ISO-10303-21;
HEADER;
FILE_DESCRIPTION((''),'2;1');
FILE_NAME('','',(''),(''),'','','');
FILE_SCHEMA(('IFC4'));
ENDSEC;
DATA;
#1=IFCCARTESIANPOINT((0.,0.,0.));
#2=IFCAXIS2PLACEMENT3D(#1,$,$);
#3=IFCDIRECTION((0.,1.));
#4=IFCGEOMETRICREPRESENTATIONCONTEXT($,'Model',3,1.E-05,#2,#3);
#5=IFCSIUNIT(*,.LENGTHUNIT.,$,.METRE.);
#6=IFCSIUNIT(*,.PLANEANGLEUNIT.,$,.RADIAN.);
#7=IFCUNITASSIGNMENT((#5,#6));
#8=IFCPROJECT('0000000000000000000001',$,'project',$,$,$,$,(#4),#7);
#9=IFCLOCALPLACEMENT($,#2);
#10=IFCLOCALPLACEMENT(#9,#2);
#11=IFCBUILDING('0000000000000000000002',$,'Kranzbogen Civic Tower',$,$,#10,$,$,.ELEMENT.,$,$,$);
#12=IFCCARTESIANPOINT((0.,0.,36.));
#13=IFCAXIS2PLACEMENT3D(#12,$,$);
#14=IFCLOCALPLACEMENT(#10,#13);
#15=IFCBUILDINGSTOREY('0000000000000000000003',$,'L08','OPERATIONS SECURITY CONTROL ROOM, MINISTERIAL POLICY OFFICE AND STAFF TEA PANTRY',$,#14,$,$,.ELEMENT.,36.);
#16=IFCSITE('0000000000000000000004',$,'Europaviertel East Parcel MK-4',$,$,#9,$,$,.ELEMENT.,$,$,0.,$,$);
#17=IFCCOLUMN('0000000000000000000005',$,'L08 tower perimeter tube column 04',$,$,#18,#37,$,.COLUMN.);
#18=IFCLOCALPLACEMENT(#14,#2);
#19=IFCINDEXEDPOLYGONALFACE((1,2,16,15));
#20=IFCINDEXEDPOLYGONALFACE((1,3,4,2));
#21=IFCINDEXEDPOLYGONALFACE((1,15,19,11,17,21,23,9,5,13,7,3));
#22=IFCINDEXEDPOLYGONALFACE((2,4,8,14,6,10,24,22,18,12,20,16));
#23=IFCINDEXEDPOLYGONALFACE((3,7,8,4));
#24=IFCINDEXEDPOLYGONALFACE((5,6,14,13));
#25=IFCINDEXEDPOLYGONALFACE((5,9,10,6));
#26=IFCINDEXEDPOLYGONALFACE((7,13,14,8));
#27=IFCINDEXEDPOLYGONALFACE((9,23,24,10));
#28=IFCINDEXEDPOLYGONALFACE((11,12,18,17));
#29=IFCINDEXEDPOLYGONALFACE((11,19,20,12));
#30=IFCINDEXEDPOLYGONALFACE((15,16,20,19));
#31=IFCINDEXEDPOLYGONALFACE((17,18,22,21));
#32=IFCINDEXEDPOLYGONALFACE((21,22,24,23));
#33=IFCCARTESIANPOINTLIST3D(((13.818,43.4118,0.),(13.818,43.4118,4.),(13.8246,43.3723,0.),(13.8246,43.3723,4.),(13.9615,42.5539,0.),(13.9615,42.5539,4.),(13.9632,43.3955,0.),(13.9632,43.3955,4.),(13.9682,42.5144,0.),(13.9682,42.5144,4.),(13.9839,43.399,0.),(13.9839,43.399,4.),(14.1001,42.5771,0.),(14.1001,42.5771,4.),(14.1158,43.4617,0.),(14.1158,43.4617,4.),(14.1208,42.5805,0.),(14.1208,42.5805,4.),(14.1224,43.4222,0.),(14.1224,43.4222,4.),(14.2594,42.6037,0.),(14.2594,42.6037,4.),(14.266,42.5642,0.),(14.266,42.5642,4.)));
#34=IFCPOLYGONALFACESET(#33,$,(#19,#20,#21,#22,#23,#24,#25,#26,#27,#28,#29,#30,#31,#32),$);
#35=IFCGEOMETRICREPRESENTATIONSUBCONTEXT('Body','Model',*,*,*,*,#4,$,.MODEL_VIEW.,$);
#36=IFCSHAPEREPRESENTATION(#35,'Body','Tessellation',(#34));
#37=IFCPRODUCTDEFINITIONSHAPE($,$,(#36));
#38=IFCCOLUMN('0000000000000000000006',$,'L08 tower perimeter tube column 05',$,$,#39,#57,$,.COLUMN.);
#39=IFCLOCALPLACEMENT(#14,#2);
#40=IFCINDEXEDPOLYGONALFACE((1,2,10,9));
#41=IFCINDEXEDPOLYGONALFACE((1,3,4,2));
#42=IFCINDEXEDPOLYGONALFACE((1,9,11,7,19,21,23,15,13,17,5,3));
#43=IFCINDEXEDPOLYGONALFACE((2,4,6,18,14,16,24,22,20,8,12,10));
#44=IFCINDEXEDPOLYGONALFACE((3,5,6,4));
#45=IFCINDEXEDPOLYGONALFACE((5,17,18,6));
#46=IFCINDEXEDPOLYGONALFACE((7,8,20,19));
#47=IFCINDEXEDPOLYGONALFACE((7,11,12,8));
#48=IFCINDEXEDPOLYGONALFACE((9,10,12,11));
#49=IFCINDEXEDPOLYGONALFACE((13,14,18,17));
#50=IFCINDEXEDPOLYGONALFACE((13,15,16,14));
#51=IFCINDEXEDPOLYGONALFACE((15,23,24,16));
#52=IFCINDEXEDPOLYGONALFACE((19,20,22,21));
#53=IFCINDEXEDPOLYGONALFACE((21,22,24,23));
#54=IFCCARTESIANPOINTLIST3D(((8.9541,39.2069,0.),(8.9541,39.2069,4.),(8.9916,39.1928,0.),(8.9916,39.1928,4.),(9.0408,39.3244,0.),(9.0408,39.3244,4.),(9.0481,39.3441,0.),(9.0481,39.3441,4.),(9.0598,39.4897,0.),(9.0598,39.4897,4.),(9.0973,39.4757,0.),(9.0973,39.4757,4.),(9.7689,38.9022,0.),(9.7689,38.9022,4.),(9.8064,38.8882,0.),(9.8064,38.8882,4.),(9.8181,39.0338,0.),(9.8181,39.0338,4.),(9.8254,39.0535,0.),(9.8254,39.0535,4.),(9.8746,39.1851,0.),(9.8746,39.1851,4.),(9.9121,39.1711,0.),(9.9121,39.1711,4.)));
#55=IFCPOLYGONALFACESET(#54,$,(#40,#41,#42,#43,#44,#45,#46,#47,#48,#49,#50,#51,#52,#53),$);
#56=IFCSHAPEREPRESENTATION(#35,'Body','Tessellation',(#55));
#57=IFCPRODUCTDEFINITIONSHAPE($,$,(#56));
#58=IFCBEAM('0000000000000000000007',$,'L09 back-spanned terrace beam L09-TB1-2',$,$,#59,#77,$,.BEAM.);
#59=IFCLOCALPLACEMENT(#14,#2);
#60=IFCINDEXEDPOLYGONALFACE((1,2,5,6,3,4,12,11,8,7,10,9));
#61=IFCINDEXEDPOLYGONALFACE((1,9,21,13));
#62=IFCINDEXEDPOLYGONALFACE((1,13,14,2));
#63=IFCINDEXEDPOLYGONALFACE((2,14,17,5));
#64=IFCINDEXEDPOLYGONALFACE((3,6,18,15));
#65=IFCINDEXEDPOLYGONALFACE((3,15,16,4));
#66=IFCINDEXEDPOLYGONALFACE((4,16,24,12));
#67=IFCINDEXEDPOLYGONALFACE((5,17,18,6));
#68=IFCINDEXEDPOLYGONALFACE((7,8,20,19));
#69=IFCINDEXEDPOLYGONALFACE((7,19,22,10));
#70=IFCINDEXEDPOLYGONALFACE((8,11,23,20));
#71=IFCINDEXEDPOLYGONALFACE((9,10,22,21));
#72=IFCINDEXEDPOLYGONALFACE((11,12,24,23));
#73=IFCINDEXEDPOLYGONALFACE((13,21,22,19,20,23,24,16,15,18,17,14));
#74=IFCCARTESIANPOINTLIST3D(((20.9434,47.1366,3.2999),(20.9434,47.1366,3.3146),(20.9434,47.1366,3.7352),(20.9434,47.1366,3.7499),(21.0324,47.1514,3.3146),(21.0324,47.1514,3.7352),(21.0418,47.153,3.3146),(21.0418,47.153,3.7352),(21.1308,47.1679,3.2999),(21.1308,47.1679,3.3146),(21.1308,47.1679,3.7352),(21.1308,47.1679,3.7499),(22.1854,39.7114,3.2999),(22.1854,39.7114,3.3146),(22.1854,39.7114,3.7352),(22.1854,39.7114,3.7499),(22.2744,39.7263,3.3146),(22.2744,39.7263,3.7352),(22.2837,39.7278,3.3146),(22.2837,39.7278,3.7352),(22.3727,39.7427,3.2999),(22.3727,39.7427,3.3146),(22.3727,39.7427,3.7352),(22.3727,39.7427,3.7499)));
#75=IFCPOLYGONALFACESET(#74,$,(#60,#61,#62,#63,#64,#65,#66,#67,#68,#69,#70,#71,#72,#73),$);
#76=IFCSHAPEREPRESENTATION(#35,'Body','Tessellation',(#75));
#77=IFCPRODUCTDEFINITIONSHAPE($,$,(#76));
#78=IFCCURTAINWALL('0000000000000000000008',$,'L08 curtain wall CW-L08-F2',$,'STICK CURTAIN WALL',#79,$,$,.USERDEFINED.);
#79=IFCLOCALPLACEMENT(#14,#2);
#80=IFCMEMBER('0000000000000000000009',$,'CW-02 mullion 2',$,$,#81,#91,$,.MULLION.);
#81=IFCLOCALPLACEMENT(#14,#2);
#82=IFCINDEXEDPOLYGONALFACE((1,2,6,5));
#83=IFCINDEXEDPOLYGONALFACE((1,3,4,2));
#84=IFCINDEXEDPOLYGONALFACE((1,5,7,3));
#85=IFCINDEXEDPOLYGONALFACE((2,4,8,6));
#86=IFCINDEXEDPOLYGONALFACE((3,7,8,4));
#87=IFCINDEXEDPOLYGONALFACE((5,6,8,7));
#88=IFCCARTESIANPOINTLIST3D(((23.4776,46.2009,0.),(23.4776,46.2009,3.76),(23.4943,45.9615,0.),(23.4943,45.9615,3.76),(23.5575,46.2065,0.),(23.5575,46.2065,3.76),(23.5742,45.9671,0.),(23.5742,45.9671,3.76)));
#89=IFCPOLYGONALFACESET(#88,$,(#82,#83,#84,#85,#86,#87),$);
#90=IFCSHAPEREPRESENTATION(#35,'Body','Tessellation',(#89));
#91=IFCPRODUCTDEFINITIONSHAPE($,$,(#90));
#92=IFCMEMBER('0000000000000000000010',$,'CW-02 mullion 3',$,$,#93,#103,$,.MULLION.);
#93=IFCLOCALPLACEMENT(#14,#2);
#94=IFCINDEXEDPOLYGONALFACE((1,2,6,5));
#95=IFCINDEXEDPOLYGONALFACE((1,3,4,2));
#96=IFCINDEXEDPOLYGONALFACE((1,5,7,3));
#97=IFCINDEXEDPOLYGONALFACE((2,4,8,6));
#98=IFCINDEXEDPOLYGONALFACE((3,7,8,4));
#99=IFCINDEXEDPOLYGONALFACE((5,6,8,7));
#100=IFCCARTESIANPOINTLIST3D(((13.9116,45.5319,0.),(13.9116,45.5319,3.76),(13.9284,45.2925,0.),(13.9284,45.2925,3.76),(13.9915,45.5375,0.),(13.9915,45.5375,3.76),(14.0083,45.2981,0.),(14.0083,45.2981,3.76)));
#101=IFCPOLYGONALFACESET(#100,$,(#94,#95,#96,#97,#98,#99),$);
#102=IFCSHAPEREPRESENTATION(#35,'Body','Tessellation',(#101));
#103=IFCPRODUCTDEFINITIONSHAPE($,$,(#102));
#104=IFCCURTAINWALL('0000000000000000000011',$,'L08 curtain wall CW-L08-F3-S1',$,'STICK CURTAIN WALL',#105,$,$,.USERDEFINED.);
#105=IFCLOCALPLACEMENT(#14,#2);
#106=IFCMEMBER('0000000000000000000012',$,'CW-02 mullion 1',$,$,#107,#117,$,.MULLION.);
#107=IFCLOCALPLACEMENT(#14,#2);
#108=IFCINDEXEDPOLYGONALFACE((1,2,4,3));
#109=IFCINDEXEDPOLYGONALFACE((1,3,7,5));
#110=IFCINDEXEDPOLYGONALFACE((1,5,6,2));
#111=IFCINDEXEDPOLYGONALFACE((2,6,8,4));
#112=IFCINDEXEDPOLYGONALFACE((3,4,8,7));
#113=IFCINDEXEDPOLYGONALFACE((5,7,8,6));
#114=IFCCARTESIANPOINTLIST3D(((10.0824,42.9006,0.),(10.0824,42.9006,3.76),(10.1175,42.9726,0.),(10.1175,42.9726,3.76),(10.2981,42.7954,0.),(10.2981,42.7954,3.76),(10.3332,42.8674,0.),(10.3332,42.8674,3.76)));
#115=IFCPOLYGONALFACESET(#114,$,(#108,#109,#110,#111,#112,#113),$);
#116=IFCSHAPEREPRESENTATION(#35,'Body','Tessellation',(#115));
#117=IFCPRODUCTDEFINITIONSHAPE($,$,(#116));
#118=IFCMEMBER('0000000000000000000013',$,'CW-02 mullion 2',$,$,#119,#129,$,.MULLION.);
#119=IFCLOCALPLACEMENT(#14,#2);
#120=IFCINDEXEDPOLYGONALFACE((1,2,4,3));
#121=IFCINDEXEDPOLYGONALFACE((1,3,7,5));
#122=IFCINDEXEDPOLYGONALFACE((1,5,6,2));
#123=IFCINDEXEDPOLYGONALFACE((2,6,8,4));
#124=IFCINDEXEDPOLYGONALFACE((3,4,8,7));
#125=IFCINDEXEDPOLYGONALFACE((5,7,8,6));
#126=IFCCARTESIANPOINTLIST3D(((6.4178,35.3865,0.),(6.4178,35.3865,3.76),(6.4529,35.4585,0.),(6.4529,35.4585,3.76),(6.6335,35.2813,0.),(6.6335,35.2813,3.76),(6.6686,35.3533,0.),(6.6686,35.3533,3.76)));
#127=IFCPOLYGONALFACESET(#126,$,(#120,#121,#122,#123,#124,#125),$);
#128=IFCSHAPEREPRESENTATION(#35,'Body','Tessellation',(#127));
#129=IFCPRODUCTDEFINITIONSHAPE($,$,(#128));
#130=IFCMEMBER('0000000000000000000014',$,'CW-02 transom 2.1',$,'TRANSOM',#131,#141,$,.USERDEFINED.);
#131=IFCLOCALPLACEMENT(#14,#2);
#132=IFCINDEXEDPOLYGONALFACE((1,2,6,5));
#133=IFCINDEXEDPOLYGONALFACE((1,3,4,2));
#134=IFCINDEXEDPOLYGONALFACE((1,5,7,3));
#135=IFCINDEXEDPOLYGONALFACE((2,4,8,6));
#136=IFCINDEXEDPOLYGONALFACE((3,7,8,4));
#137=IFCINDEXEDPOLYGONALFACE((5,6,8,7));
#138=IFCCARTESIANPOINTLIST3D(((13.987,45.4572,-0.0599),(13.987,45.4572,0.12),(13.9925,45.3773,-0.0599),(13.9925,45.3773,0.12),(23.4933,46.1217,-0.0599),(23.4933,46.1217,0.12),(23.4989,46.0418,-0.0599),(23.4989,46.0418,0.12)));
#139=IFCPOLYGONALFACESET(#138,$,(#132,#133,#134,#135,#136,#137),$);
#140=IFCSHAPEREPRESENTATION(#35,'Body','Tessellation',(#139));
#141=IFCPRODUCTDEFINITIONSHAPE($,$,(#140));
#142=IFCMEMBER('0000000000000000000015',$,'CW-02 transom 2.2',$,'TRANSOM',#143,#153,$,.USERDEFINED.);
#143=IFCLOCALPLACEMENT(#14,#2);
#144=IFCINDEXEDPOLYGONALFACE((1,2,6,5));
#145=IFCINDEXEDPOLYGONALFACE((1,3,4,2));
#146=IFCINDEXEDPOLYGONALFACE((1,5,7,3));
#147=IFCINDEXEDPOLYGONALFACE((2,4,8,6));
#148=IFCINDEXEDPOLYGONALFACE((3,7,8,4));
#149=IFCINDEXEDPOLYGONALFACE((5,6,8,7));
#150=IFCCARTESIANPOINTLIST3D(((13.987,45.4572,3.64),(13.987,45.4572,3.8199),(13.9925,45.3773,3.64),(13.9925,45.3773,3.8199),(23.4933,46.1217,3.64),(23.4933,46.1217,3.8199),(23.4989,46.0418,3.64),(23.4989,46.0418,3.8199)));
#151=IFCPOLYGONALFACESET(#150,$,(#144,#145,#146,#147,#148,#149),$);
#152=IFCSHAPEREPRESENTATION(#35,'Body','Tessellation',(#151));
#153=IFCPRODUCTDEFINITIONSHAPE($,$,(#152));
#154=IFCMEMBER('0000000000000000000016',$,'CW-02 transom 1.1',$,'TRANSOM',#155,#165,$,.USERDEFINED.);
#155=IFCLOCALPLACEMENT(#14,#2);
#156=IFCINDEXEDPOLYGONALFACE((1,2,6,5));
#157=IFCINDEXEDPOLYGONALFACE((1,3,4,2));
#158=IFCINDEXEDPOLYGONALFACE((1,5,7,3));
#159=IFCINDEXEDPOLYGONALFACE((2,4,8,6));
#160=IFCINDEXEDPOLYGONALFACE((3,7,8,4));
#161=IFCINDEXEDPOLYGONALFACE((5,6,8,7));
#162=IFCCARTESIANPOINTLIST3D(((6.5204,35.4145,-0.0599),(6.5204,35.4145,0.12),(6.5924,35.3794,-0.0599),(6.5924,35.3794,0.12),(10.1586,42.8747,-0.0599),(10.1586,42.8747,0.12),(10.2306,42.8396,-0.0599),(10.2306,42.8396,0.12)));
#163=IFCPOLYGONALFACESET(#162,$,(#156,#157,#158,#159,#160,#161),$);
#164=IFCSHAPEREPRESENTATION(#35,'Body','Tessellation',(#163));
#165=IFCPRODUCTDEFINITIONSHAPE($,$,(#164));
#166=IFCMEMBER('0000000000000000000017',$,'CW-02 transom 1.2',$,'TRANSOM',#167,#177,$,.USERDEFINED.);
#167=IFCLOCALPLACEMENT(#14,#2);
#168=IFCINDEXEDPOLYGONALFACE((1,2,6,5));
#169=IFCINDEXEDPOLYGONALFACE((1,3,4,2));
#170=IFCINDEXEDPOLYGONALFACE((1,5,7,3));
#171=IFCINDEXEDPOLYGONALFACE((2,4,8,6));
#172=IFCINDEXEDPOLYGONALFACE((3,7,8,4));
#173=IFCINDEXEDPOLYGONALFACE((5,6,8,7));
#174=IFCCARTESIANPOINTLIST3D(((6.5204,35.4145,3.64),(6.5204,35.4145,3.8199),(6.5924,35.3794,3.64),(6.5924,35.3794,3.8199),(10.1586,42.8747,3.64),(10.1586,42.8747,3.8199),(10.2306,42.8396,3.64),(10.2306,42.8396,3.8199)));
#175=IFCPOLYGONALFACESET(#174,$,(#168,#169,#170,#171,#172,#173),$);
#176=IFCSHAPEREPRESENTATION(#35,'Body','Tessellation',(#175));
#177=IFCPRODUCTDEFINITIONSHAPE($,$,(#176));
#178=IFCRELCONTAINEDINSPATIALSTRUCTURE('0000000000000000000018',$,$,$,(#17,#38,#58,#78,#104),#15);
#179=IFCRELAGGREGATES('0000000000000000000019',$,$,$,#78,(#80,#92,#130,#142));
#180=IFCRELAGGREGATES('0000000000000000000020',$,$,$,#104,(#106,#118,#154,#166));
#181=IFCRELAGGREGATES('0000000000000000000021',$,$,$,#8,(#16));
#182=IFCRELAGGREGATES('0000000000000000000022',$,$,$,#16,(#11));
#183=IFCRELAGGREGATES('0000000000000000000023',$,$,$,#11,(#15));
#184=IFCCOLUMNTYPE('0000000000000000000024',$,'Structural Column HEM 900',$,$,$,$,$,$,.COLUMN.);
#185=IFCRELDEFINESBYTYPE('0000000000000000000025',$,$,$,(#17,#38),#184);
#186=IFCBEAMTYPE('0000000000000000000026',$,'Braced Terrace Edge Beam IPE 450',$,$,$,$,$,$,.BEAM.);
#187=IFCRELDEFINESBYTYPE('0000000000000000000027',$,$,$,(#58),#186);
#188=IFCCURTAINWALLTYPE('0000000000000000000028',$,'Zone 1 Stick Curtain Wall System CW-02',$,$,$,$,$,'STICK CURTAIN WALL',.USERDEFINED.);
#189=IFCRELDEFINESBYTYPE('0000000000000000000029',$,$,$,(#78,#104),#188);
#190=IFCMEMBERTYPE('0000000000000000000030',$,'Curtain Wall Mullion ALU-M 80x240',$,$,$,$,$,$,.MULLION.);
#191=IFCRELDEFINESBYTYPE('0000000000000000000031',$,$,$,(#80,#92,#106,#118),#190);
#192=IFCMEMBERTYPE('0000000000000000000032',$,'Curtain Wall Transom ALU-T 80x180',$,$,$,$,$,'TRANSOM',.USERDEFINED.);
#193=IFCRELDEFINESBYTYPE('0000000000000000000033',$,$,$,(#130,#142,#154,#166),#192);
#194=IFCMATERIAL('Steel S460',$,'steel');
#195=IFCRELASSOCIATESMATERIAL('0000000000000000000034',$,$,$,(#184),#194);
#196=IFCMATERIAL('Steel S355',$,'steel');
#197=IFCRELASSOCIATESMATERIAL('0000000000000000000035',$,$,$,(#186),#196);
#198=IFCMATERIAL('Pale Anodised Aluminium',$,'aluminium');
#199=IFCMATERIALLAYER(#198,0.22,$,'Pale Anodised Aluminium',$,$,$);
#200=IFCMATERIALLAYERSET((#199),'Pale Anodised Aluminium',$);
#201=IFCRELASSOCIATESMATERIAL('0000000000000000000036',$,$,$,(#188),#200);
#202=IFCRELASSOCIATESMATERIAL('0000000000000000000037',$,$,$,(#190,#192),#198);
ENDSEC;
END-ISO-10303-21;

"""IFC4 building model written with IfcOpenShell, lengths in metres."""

from ifc_helpers import new_model, si_unit, direction, frame, origin, origin_2d, place, context, subcontext, project, spatial, rectangle, i_section, extrude, material, layer, layer_set, material_profile, profile_set, type_object, element, aggregate, save


model = new_model("IFC4")

# Units and contexts
model_context = context("Model", 3, precision=1e-05, world=origin(), true_north=direction((0.0, 1.0)))
body_context = subcontext(model_context, "Body", "Model", "MODEL_VIEW")
ifc_project = project(units=[si_unit("LENGTHUNIT", "METRE"), si_unit("PLANEANGLEUNIT", "RADIAN")], contexts=[model_context])

# Site, building, storey
site_placement = place(None, origin())
site = spatial("IfcSite", under=ifc_project, at=site_placement, Name="Europaviertel East Parcel MK-4", CompositionType="ELEMENT", RefElevation=0.0)
building_placement = place(site_placement, origin())
building = spatial("IfcBuilding", under=site, at=building_placement, Name="Kranzbogen Civic Tower", CompositionType="ELEMENT")
storey_placement = place(building_placement, frame((0.0, 0.0, 36.0)))
storey = spatial("IfcBuildingStorey", under=building, at=storey_placement, Name="L08", Description="OPERATIONS SECURITY CONTROL ROOM, MINISTERIAL POLICY OFFICE AND STAFF TEA PANTRY", CompositionType="ELEMENT", Elevation=36.0)

# Columns
ifc_material_1 = material(Name="Steel S460", Category="steel")
ifc_material_profile_1 = material_profile(ifc_material_1, i_section(OverallWidth=0.302, OverallDepth=0.9099, WebThickness=0.021, FlangeThickness=0.04, at=origin_2d()), Name="HEM 900")
ifc_profile_set_1 = profile_set([ifc_material_profile_1], Name="Steel S460")
column_type = type_object("IfcColumnType", Name="Structural Column HEM 900", PredefinedType="COLUMN", material=ifc_profile_set_1)
for number, where, z_axis, x_axis, name in (
    (1, (14.042, 42.988, 0.0), (0.0, 0.0, 1.0), (0.986286, 0.165048, 0.0), "L08 tower perimeter tube column 04"),
    (2, (9.4331, 39.189, 0.0), (0.0, 0.0, 1.0), (0.350207, 0.936672, 0.0), "L08 tower perimeter tube column 05"),
):
    element("IfcColumn", number, at=place(storey_placement, frame(where, z_axis=z_axis, x_axis=x_axis)), inside=storey, type_object=column_type, Name=name, PredefinedType="COLUMN", context=body_context, shape_type="SweptSolid", body=[
        extrude(i_section(OverallWidth=0.302, OverallDepth=0.9099, WebThickness=0.021, FlangeThickness=0.04, at=origin_2d()), origin(), (0.0, 0.0, 1.0), 4.0),
    ])

# Beam
ifc_material_2 = material(Name="Steel S355", Category="steel")
ifc_material_profile_2 = material_profile(ifc_material_2, i_section(OverallWidth=0.1899, OverallDepth=0.45, WebThickness=0.0095, FlangeThickness=0.0146, at=origin_2d()), Name="IPE 450")
ifc_profile_set_2 = profile_set([ifc_material_profile_2], Name="Steel S355")
beam_type_1 = type_object("IfcBeamType", Name="Braced Terrace Edge Beam IPE 450", PredefinedType="BEAM", material=ifc_profile_set_2)
beam_1_placement = place(storey_placement, frame((22.2791, 39.7271, 3.5249), z_axis=(-0.164972, 0.986298, 0.0), x_axis=(-0.986298, -0.164972, 0.0)))
element("IfcBeam", 3, at=beam_1_placement, inside=storey, type_object=beam_type_1, Name="L09 back-spanned terrace beam L09-TB1-2", PredefinedType="BEAM", context=body_context, shape_type="SweptSolid", body=[
    extrude(i_section(OverallWidth=0.1899, OverallDepth=0.45, WebThickness=0.0095, FlangeThickness=0.0146, at=origin_2d()), origin(), (0.0, 0.0, 1.0), 7.5283),
])

# Curtain walls, members
ifc_material_3 = material(Name="Pale Anodised Aluminium", Category="aluminium")
ifc_layer_1 = layer(ifc_material_3, 0.22, Name="Pale Anodised Aluminium")
ifc_layer_set_1 = layer_set([ifc_layer_1], Name="Pale Anodised Aluminium")
curtain_wall_type = type_object("IfcCurtainWallType", Name="Zone 1 Stick Curtain Wall System CW-02", ElementType="STICK CURTAIN WALL", PredefinedType="USERDEFINED", material=ifc_layer_set_1)
curtain_wall_1_placement = place(storey_placement, origin())
curtain_wall_1 = element("IfcCurtainWall", 4, at=curtain_wall_1_placement, inside=storey, type_object=curtain_wall_type, Name="L08 curtain wall CW-L08-F2", ObjectType="STICK CURTAIN WALL", PredefinedType="USERDEFINED")
ifc_material_profile_3 = material_profile(ifc_material_3, rectangle(XDim=0.0801, YDim=0.24, at=origin_2d()), Name="ALU-M 80x240")
ifc_profile_set_3 = profile_set([ifc_material_profile_3], Name="Pale Anodised Aluminium")
member_type_1 = type_object("IfcMemberType", Name="Curtain Wall Mullion ALU-M 80x240", PredefinedType="MULLION", material=ifc_profile_set_3)
member_1_placement = place(storey_placement, frame((23.5259, 46.084, 0.0), z_axis=(0.0, 0.0, 1.0), x_axis=(-0.997564, -0.069755, 0.0)))
member_1 = element("IfcMember", 5, at=member_1_placement, type_object=member_type_1, Name="CW-02 mullion 2", PredefinedType="MULLION", context=body_context, shape_type="SweptSolid", body=[
    extrude(rectangle(XDim=0.0801, YDim=0.24, at=origin_2d()), origin(), (0.0, 0.0, 1.0), 3.76),
])
member_2_placement = place(storey_placement, frame((13.96, 45.415, 0.0), z_axis=(0.0, 0.0, 1.0), x_axis=(-0.997564, -0.069755, 0.0)))
member_2 = element("IfcMember", 6, at=member_2_placement, type_object=member_type_1, Name="CW-02 mullion 3", PredefinedType="MULLION", context=body_context, shape_type="SweptSolid", body=[
    extrude(rectangle(XDim=0.0801, YDim=0.24, at=origin_2d()), origin(), (0.0, 0.0, 1.0), 3.76),
])
curtain_wall_2_placement = place(storey_placement, origin())
curtain_wall_2 = element("IfcCurtainWall", 7, at=curtain_wall_2_placement, inside=storey, type_object=curtain_wall_type, Name="L08 curtain wall CW-L08-F3-S1", ObjectType="STICK CURTAIN WALL", PredefinedType="USERDEFINED")
member_3_placement = place(storey_placement, frame((10.2078, 42.884, 0.0), z_axis=(0.0, 0.0, 1.0), x_axis=(-0.438356, -0.898802, 0.0)))
member_3 = element("IfcMember", 8, at=member_3_placement, type_object=member_type_1, Name="CW-02 mullion 1", PredefinedType="MULLION", context=body_context, shape_type="SweptSolid", body=[
    extrude(rectangle(XDim=0.0801, YDim=0.24, at=origin_2d()), origin(), (0.0, 0.0, 1.0), 3.76),
])
member_4_placement = place(storey_placement, frame((6.5432, 35.3699, 0.0), z_axis=(0.0, 0.0, 1.0), x_axis=(-0.438356, -0.898802, 0.0)))
member_4 = element("IfcMember", 9, at=member_4_placement, type_object=member_type_1, Name="CW-02 mullion 2", PredefinedType="MULLION", context=body_context, shape_type="SweptSolid", body=[
    extrude(rectangle(XDim=0.0801, YDim=0.24, at=origin_2d()), origin(), (0.0, 0.0, 1.0), 3.76),
])

# Members
ifc_material_profile_4 = material_profile(ifc_material_3, rectangle(XDim=0.0801, YDim=0.1799, at=origin_2d()), Name="ALU-T 80x180")
ifc_profile_set_4 = profile_set([ifc_material_profile_4], Name="Pale Anodised Aluminium")
member_type_2 = type_object("IfcMemberType", Name="Curtain Wall Transom ALU-T 80x180", ElementType="TRANSOM", PredefinedType="USERDEFINED", material=ifc_profile_set_4)
member_5_placement = place(storey_placement, frame((23.4961, 46.0818, 0.03), z_axis=(-0.997565, -0.069736, 0.0), x_axis=(0.069736, -0.997565, 0.0)))
member_5 = element("IfcMember", 10, at=member_5_placement, type_object=member_type_2, Name="CW-02 transom 2.1", ObjectType="TRANSOM", PredefinedType="USERDEFINED", context=body_context, shape_type="SweptSolid", body=[
    extrude(rectangle(XDim=0.0801, YDim=0.1799, at=origin_2d()), origin(), (0.0, 0.0, 1.0), 9.5295),
])
member_6_placement = place(storey_placement, frame((23.4961, 46.0818, 3.73), z_axis=(-0.997565, -0.069736, 0.0), x_axis=(0.069736, -0.997565, 0.0)))
member_6 = element("IfcMember", 11, at=member_6_placement, type_object=member_type_2, Name="CW-02 transom 2.2", ObjectType="TRANSOM", PredefinedType="USERDEFINED", context=body_context, shape_type="SweptSolid", body=[
    extrude(rectangle(XDim=0.0801, YDim=0.1799, at=origin_2d()), origin(), (0.0, 0.0, 1.0), 9.5295),
])
member_7_placement = place(storey_placement, frame((10.1946, 42.8572, 0.03), z_axis=(-0.438332, -0.898813, 0.0), x_axis=(0.898813, -0.438332, 0.0)))
member_7 = element("IfcMember", 12, at=member_7_placement, type_object=member_type_2, Name="CW-02 transom 1.1", ObjectType="TRANSOM", PredefinedType="USERDEFINED", context=body_context, shape_type="SweptSolid", body=[
    extrude(rectangle(XDim=0.0801, YDim=0.1799, at=origin_2d()), origin(), (0.0, 0.0, 1.0), 8.3),
])
member_8_placement = place(storey_placement, frame((10.1946, 42.8572, 3.73), z_axis=(-0.438332, -0.898813, 0.0), x_axis=(0.898813, -0.438332, 0.0)))
member_8 = element("IfcMember", 13, at=member_8_placement, type_object=member_type_2, Name="CW-02 transom 1.2", ObjectType="TRANSOM", PredefinedType="USERDEFINED", context=body_context, shape_type="SweptSolid", body=[
    extrude(rectangle(XDim=0.0801, YDim=0.1799, at=origin_2d()), origin(), (0.0, 0.0, 1.0), 8.3),
])

aggregate(curtain_wall_1, [member_1, member_2, member_5, member_6])
aggregate(curtain_wall_2, [member_3, member_4, member_7, member_8])

save(model, "model.ifc")
